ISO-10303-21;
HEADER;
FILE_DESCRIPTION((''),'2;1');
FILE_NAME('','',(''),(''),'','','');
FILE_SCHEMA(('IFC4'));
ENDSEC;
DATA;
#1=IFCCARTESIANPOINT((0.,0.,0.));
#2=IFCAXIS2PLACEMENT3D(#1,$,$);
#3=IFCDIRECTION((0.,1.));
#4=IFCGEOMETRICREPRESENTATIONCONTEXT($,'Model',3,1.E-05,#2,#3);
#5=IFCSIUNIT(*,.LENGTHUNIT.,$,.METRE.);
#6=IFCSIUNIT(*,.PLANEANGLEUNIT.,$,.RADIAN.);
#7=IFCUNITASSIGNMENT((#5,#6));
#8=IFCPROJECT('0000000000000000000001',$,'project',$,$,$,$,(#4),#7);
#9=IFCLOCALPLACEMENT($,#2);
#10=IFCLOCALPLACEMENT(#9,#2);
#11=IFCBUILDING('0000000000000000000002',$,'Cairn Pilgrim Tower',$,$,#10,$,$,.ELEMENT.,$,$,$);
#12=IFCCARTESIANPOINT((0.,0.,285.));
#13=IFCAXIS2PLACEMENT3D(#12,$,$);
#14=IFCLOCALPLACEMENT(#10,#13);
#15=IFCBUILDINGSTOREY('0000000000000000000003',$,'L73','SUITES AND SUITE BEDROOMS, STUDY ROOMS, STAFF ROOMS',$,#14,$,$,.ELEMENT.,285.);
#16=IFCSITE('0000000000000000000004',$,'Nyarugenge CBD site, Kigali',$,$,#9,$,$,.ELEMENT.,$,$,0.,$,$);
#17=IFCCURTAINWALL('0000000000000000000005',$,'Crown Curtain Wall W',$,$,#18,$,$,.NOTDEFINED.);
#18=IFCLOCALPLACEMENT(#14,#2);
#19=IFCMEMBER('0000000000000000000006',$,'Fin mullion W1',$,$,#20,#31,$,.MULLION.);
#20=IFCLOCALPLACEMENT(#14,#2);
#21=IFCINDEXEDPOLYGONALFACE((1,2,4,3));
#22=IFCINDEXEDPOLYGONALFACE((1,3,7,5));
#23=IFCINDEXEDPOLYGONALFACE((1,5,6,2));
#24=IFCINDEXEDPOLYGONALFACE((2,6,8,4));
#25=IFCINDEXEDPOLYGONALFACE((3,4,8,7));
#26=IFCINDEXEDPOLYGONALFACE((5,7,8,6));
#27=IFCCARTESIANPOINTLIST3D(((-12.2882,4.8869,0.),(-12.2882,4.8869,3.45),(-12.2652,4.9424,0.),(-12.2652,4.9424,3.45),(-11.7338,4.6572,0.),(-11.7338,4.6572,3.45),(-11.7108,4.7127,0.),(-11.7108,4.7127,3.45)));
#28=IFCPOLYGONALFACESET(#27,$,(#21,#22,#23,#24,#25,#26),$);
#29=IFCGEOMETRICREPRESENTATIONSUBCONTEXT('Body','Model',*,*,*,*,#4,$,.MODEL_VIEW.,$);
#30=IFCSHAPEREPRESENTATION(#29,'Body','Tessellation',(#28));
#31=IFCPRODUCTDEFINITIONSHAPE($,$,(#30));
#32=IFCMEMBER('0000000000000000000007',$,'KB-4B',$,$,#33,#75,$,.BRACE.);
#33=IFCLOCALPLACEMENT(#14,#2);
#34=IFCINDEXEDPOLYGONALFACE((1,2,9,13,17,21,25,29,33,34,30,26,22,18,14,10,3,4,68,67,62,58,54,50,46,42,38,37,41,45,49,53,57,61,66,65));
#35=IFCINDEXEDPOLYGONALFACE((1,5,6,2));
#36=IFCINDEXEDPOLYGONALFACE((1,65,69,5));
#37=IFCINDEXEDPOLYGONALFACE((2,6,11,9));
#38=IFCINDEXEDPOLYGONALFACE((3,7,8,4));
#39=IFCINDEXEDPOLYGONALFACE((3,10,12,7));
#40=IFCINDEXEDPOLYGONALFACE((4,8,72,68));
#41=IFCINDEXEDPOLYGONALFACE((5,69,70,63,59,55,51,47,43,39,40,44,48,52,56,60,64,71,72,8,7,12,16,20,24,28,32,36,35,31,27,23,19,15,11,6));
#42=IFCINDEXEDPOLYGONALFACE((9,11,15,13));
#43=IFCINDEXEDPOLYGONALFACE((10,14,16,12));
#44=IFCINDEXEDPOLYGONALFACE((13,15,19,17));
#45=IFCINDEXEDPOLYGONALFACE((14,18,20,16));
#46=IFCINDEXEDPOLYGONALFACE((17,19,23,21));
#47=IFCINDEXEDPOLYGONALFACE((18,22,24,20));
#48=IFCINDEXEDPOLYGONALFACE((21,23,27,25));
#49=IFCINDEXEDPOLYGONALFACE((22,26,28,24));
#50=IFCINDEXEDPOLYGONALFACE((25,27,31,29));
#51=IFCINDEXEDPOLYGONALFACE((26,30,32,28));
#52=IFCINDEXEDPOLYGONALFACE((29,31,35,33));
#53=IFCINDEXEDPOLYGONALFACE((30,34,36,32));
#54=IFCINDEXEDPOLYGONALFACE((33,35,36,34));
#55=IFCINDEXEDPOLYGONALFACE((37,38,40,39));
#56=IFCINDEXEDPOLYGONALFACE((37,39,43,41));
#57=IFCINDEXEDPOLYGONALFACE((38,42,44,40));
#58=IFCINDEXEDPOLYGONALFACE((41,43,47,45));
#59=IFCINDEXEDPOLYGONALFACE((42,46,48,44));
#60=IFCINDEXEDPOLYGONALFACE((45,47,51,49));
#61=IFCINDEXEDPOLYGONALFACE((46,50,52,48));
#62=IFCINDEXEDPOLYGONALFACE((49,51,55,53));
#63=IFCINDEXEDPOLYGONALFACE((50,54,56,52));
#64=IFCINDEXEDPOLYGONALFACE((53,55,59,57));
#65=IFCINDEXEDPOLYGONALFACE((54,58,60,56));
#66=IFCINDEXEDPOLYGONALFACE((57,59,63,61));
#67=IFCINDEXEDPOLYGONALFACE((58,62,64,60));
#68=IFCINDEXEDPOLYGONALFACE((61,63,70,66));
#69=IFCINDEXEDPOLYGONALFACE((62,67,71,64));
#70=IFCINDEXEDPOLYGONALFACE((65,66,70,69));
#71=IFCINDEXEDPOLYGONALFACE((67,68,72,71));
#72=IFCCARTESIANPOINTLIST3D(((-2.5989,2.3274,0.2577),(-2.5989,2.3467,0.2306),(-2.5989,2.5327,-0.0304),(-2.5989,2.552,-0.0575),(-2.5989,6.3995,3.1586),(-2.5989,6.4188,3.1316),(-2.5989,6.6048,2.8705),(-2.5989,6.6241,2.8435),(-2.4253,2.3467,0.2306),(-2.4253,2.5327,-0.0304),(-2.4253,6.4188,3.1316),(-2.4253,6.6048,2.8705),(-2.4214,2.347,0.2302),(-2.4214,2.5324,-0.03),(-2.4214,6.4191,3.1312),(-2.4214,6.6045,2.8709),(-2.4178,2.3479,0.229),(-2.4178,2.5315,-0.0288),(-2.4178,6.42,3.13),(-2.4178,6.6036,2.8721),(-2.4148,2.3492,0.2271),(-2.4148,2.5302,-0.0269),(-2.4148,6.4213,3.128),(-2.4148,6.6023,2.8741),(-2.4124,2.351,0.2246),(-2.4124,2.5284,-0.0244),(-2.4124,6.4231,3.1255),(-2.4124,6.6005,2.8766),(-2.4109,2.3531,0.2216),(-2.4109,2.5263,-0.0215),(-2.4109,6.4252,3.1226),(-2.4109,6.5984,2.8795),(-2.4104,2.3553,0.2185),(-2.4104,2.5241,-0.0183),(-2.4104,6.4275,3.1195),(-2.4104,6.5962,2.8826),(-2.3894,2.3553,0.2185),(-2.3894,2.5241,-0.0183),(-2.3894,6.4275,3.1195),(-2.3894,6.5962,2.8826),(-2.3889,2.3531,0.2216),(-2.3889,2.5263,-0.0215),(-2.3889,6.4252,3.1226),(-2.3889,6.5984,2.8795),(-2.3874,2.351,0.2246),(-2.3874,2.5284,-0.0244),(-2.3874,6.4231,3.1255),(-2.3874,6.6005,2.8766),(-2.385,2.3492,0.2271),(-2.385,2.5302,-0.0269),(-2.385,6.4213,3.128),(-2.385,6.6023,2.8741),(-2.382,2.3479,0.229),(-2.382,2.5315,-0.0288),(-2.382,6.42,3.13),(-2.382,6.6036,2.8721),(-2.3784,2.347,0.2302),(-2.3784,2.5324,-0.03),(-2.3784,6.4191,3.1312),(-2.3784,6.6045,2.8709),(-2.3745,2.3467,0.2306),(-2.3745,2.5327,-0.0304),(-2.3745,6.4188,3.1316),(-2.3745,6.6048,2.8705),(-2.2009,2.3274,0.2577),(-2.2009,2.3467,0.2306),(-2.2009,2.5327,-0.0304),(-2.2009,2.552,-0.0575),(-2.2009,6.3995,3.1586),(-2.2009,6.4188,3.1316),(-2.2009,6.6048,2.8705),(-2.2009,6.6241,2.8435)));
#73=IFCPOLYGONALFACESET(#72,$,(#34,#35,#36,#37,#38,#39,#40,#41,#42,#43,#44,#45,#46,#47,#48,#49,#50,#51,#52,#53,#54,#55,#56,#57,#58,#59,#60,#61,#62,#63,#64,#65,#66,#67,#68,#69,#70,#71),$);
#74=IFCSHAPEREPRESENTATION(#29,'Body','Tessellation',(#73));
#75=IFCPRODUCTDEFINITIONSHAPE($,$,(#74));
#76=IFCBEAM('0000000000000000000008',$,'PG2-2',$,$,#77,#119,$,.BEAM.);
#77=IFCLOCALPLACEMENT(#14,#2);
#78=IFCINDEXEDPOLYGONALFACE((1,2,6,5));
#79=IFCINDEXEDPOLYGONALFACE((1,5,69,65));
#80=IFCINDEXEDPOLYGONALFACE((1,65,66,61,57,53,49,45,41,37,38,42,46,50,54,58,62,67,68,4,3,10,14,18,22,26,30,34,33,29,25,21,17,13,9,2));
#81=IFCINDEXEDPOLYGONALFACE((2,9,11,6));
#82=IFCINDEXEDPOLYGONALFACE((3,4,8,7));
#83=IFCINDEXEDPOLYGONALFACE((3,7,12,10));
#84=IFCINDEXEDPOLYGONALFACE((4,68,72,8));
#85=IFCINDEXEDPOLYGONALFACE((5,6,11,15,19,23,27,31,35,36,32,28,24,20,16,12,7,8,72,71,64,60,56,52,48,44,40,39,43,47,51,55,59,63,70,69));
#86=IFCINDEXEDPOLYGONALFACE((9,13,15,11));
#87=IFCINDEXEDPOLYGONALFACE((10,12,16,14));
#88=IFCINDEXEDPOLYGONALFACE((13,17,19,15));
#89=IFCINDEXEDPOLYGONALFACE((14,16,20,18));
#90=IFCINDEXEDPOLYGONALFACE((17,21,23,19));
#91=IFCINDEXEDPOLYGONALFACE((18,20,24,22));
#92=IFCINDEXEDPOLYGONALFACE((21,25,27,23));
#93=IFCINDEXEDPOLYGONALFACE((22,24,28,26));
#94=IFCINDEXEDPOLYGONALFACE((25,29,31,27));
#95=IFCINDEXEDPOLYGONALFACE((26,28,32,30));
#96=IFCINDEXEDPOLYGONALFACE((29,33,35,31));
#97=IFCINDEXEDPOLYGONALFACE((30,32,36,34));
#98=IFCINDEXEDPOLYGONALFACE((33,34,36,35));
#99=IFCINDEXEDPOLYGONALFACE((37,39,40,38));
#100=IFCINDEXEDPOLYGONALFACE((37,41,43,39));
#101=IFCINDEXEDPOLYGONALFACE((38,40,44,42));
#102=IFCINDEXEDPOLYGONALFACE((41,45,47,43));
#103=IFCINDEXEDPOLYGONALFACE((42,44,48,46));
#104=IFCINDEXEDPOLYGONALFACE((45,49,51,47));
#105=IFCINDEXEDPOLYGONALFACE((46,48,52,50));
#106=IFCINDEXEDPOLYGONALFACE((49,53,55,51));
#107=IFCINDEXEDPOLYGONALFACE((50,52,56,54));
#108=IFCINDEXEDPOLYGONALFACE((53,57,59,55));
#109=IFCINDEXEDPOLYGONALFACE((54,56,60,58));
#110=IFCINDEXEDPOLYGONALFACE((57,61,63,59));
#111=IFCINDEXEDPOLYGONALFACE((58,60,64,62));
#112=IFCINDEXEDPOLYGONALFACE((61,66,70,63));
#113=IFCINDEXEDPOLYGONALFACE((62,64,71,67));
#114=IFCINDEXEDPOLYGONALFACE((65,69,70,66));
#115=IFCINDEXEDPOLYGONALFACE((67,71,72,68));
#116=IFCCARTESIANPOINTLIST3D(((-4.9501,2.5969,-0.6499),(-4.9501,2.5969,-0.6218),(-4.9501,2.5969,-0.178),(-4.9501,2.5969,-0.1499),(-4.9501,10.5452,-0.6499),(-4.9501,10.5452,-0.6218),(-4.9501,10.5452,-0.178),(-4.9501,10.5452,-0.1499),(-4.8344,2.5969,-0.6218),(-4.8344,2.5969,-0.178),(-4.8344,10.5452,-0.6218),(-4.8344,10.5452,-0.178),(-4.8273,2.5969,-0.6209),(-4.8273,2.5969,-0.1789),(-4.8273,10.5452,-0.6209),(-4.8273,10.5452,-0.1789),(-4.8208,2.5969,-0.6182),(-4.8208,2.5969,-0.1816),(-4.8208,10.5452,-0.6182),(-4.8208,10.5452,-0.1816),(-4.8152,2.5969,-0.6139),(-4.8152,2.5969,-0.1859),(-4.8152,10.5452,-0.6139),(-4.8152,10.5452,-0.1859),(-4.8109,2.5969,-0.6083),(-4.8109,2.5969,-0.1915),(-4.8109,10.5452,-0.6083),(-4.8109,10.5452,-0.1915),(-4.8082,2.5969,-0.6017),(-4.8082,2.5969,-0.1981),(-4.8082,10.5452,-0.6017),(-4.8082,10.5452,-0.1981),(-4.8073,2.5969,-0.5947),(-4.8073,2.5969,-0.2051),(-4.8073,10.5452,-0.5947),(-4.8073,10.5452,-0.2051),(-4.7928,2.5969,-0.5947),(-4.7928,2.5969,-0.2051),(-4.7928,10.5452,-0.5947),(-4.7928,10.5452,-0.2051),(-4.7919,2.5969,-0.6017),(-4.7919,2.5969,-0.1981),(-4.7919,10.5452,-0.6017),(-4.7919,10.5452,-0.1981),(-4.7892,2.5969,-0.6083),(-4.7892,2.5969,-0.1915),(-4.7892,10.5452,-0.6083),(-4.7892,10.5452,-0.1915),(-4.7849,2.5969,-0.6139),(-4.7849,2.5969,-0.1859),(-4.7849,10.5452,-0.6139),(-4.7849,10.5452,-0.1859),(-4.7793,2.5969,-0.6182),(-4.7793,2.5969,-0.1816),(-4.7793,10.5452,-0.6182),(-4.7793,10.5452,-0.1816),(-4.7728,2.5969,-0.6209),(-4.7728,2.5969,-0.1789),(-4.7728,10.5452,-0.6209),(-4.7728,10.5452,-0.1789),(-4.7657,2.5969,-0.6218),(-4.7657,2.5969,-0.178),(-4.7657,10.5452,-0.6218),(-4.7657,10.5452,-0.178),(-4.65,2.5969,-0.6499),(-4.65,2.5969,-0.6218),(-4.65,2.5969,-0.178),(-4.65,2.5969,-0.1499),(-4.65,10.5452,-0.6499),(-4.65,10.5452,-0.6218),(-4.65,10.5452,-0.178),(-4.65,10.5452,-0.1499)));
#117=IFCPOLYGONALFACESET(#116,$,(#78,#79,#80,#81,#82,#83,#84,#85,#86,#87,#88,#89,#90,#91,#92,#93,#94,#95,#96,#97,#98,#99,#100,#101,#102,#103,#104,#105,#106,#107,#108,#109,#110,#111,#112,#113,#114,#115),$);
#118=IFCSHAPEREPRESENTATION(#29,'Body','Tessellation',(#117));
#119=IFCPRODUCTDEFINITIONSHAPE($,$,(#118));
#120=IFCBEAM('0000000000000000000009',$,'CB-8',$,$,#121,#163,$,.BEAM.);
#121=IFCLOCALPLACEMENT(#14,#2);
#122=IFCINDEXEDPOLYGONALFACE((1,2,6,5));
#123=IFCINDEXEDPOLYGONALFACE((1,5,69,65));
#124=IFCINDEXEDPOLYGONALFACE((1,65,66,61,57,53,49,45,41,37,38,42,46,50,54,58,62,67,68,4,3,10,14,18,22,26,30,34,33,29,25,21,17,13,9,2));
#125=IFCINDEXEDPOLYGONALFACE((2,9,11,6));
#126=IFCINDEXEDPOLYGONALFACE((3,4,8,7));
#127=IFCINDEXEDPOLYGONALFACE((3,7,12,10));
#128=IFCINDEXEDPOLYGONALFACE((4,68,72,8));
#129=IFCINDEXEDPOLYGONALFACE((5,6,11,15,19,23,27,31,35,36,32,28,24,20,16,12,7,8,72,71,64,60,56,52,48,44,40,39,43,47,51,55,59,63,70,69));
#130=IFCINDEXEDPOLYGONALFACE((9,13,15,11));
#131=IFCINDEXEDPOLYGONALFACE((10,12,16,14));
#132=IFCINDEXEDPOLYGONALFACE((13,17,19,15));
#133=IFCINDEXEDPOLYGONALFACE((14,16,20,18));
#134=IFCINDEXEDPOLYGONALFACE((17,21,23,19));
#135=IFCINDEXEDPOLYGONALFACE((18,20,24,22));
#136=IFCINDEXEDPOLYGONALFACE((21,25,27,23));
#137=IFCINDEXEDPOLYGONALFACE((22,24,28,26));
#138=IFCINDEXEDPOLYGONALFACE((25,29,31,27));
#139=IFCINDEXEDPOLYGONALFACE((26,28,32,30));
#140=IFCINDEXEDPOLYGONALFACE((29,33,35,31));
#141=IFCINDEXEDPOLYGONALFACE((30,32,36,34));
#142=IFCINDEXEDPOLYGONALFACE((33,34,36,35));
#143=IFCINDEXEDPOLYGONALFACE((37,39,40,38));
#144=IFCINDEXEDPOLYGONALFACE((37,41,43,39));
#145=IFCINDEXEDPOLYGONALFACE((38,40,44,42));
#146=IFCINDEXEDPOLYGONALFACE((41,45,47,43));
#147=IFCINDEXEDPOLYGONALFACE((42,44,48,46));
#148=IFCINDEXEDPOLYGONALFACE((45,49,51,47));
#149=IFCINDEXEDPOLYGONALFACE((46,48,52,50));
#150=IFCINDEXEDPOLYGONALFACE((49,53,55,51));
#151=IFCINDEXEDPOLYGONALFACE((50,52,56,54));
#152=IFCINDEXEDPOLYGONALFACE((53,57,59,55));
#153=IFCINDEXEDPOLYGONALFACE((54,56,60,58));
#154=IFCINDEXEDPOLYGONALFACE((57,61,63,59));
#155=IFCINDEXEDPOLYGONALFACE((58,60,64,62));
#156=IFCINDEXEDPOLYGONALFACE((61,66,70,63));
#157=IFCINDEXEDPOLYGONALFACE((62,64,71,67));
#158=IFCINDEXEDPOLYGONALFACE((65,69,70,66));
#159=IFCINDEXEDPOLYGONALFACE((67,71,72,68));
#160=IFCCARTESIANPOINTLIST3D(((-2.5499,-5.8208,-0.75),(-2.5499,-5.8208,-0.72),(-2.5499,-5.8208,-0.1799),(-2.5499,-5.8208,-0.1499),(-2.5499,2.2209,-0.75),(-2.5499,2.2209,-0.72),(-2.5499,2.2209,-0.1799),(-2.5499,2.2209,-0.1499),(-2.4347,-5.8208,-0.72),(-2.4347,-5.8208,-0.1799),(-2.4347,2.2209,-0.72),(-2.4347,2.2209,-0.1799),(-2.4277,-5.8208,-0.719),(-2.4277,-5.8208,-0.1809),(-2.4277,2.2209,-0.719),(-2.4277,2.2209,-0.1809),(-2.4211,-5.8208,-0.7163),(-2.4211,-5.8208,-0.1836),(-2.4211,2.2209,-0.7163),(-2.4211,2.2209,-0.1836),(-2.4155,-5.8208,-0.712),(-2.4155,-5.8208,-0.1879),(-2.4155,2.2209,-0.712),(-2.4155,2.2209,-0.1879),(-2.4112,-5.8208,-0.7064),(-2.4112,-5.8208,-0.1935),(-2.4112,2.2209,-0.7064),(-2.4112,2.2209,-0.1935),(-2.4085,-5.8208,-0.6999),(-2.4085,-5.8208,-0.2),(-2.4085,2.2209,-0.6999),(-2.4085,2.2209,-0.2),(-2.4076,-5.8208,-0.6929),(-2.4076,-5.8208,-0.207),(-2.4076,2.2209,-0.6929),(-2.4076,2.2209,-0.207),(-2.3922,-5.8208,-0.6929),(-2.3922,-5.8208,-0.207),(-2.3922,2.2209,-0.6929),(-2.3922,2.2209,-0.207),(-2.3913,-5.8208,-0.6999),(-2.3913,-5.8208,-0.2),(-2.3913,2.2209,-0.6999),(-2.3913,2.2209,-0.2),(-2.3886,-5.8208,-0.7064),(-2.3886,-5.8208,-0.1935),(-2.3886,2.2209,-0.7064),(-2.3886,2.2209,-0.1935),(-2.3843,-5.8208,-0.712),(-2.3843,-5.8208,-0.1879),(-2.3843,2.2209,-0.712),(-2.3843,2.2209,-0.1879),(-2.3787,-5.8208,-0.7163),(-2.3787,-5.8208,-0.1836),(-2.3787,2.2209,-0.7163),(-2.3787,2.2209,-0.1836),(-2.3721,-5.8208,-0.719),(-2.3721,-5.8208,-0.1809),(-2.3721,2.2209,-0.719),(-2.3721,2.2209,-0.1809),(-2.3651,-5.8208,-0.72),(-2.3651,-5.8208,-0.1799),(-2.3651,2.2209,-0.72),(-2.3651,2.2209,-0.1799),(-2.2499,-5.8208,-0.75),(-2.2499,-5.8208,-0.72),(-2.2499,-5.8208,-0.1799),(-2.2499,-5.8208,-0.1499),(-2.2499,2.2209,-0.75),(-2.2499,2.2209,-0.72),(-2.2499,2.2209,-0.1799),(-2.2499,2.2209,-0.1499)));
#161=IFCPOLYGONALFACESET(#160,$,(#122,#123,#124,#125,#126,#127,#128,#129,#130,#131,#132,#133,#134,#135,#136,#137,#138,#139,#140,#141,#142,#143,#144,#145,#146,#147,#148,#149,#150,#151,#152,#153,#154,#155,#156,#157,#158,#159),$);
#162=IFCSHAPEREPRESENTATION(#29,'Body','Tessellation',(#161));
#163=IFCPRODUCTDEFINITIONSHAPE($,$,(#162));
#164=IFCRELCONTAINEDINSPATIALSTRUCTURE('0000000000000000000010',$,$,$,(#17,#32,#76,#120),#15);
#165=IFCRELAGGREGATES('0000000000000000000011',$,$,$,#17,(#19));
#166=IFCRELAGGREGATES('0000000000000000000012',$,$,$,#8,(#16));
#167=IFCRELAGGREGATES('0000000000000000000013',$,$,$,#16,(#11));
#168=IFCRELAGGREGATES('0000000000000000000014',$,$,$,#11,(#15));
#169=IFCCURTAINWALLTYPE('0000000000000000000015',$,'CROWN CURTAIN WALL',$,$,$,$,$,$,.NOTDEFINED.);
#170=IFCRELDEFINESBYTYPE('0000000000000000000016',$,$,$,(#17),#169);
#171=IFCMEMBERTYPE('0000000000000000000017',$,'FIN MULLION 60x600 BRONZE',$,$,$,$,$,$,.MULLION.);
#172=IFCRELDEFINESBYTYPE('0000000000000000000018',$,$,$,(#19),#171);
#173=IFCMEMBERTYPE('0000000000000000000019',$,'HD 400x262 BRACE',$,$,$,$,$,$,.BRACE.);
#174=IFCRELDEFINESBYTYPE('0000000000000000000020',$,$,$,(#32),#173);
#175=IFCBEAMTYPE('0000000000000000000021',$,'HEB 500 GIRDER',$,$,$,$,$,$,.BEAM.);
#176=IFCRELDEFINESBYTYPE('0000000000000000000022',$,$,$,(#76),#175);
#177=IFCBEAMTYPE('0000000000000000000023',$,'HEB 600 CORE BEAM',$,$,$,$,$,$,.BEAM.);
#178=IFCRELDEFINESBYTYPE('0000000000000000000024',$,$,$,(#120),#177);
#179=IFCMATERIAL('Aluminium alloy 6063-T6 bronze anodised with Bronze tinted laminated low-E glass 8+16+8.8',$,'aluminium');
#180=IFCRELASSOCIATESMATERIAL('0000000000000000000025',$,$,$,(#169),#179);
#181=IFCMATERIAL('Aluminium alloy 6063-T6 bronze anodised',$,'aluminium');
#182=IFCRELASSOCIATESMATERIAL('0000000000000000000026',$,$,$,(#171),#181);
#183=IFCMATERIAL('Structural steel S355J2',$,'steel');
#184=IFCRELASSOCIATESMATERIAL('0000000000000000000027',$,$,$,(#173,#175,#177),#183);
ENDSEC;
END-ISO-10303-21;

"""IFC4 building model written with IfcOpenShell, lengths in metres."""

from ifc_helpers import new_model, si_unit, direction, frame, origin, origin_2d, place, context, subcontext, project, spatial, rectangle, i_section, extrude, material, material_profile, profile_set, type_object, element, aggregate, save


model = new_model("IFC4")

# Units and contexts
model_context = context("Model", 3, precision=1e-05, world=origin(), true_north=direction((0.0, 1.0)))
body_context = subcontext(model_context, "Body", "Model", "MODEL_VIEW")
ifc_project = project(units=[si_unit("LENGTHUNIT", "METRE"), si_unit("PLANEANGLEUNIT", "RADIAN")], contexts=[model_context])

# Site, building, storey
site_placement = place(None, origin())
site = spatial("IfcSite", under=ifc_project, at=site_placement, Name="Nyarugenge CBD site, Kigali", CompositionType="ELEMENT", RefElevation=0.0)
building_placement = place(site_placement, origin())
building = spatial("IfcBuilding", under=site, at=building_placement, Name="Cairn Pilgrim Tower", CompositionType="ELEMENT")
storey_placement = place(building_placement, frame((0.0, 0.0, 285.0)))
storey = spatial("IfcBuildingStorey", under=building, at=storey_placement, Name="L73", Description="SUITES AND SUITE BEDROOMS, STUDY ROOMS, STAFF ROOMS", CompositionType="ELEMENT", Elevation=285.0)

# Shared definitions
ifc_material_1 = material(Name="Structural steel S355J2", Category="steel")

# Curtain wall, member
ifc_material_2 = material(Name="Aluminium alloy 6063-T6 bronze anodised with Bronze tinted laminated low-E glass 8+16+8.8", Category="aluminium")
curtain_wall_type = type_object("IfcCurtainWallType", Name="CROWN CURTAIN WALL", PredefinedType="NOTDEFINED", material=ifc_material_2)
ifc_material_3 = material(Name="Aluminium alloy 6063-T6 bronze anodised", Category="aluminium")
ifc_material_profile_1 = material_profile(ifc_material_3, rectangle(XDim=0.6001, YDim=0.0601, at=origin_2d()), Name="FIN MULLION 60x600 BRONZE")
ifc_profile_set_1 = profile_set([ifc_material_profile_1], Name="Aluminium alloy 6063-T6 bronze anodised")
member_type_1 = type_object("IfcMemberType", Name="FIN MULLION 60x600 BRONZE", PredefinedType="MULLION", material=ifc_profile_set_1)
curtain_wall_1_placement = place(storey_placement, origin())
curtain_wall_1 = element("IfcCurtainWall", 1, at=curtain_wall_1_placement, inside=storey, type_object=curtain_wall_type, Name="Crown Curtain Wall W", PredefinedType="NOTDEFINED")
member_1_placement = place(storey_placement, frame((-11.9995, 4.7998, 0.0), z_axis=(0.0, 0.0, 1.0), x_axis=(-0.92388, 0.382683, 0.0)))
member_1 = element("IfcMember", 2, at=member_1_placement, type_object=member_type_1, Name="Fin mullion W1", PredefinedType="MULLION", context=body_context, shape_type="SweptSolid", body=[
    extrude(rectangle(XDim=0.6001, YDim=0.0601, at=origin_2d()), origin(), (0.0, 0.0, 1.0), 3.45),
])

# Member
ifc_material_profile_2 = material_profile(ifc_material_1, i_section(OverallWidth=0.3979, OverallDepth=0.387, WebThickness=0.021, FlangeThickness=0.0332, FilletRadius=0.0149, at=origin_2d()), Name="HD 400x262")
ifc_profile_set_2 = profile_set([ifc_material_profile_2], Name="Structural steel S355J2")
member_type_2 = type_object("IfcMemberType", Name="HD 400x262 BRACE", PredefinedType="BRACE", material=ifc_profile_set_2)
member_2_placement = place(storey_placement, frame((-2.3999, 2.4397, 0.1001), z_axis=(0.0, 0.814462, 0.580217), x_axis=(-1.0, 0.0, 0.0)))
element("IfcMember", 3, at=member_2_placement, inside=storey, type_object=member_type_2, Name="KB-4B", PredefinedType="BRACE", context=body_context, shape_type="SweptSolid", body=[
    extrude(i_section(OverallWidth=0.3979, OverallDepth=0.387, WebThickness=0.021, FlangeThickness=0.0332, FilletRadius=0.0149, at=origin_2d()), origin(), (0.0, 0.0, 1.0), 4.9998),
])

# Beams
ifc_material_profile_3 = material_profile(ifc_material_1, i_section(OverallWidth=0.3, OverallDepth=0.5, WebThickness=0.0144, FlangeThickness=0.0281, FilletRadius=0.0271, at=origin_2d()), Name="HEB 500")
ifc_profile_set_3 = profile_set([ifc_material_profile_3], Name="Structural steel S355J2")
beam_type_1 = type_object("IfcBeamType", Name="HEB 500 GIRDER", PredefinedType="BEAM", material=ifc_profile_set_3)
beam_1_placement = place(storey_placement, frame((-4.8, 2.5969, -0.3999), z_axis=(0.0, 1.0, 0.0), x_axis=(-1.0, 0.0, 0.0)))
element("IfcBeam", 4, at=beam_1_placement, inside=storey, type_object=beam_type_1, Name="PG2-2", PredefinedType="BEAM", context=body_context, shape_type="SweptSolid", body=[
    extrude(i_section(OverallWidth=0.3, OverallDepth=0.5, WebThickness=0.0144, FlangeThickness=0.0281, FilletRadius=0.0271, at=origin_2d()), origin(), (0.0, 0.0, 1.0), 7.9482),
])
ifc_material_profile_4 = material_profile(ifc_material_1, i_section(OverallWidth=0.3, OverallDepth=0.6001, WebThickness=0.0154, FlangeThickness=0.03, FilletRadius=0.0271, at=origin_2d()), Name="HEB 600")
ifc_profile_set_4 = profile_set([ifc_material_profile_4], Name="Structural steel S355J2")
beam_type_2 = type_object("IfcBeamType", Name="HEB 600 CORE BEAM", PredefinedType="BEAM", material=ifc_profile_set_4)
beam_2_placement = place(storey_placement, frame((-2.3999, 2.2209, -0.45), z_axis=(0.0, -1.0, 0.0), x_axis=(1.0, 0.0, 0.0)))
element("IfcBeam", 5, at=beam_2_placement, inside=storey, type_object=beam_type_2, Name="CB-8", PredefinedType="BEAM", context=body_context, shape_type="SweptSolid", body=[
    extrude(i_section(OverallWidth=0.3, OverallDepth=0.6001, WebThickness=0.0154, FlangeThickness=0.03, FilletRadius=0.0271, at=origin_2d()), origin(), (0.0, 0.0, 1.0), 8.0417),
])

aggregate(curtain_wall_1, [member_1])

save(model, "model.ifc")
